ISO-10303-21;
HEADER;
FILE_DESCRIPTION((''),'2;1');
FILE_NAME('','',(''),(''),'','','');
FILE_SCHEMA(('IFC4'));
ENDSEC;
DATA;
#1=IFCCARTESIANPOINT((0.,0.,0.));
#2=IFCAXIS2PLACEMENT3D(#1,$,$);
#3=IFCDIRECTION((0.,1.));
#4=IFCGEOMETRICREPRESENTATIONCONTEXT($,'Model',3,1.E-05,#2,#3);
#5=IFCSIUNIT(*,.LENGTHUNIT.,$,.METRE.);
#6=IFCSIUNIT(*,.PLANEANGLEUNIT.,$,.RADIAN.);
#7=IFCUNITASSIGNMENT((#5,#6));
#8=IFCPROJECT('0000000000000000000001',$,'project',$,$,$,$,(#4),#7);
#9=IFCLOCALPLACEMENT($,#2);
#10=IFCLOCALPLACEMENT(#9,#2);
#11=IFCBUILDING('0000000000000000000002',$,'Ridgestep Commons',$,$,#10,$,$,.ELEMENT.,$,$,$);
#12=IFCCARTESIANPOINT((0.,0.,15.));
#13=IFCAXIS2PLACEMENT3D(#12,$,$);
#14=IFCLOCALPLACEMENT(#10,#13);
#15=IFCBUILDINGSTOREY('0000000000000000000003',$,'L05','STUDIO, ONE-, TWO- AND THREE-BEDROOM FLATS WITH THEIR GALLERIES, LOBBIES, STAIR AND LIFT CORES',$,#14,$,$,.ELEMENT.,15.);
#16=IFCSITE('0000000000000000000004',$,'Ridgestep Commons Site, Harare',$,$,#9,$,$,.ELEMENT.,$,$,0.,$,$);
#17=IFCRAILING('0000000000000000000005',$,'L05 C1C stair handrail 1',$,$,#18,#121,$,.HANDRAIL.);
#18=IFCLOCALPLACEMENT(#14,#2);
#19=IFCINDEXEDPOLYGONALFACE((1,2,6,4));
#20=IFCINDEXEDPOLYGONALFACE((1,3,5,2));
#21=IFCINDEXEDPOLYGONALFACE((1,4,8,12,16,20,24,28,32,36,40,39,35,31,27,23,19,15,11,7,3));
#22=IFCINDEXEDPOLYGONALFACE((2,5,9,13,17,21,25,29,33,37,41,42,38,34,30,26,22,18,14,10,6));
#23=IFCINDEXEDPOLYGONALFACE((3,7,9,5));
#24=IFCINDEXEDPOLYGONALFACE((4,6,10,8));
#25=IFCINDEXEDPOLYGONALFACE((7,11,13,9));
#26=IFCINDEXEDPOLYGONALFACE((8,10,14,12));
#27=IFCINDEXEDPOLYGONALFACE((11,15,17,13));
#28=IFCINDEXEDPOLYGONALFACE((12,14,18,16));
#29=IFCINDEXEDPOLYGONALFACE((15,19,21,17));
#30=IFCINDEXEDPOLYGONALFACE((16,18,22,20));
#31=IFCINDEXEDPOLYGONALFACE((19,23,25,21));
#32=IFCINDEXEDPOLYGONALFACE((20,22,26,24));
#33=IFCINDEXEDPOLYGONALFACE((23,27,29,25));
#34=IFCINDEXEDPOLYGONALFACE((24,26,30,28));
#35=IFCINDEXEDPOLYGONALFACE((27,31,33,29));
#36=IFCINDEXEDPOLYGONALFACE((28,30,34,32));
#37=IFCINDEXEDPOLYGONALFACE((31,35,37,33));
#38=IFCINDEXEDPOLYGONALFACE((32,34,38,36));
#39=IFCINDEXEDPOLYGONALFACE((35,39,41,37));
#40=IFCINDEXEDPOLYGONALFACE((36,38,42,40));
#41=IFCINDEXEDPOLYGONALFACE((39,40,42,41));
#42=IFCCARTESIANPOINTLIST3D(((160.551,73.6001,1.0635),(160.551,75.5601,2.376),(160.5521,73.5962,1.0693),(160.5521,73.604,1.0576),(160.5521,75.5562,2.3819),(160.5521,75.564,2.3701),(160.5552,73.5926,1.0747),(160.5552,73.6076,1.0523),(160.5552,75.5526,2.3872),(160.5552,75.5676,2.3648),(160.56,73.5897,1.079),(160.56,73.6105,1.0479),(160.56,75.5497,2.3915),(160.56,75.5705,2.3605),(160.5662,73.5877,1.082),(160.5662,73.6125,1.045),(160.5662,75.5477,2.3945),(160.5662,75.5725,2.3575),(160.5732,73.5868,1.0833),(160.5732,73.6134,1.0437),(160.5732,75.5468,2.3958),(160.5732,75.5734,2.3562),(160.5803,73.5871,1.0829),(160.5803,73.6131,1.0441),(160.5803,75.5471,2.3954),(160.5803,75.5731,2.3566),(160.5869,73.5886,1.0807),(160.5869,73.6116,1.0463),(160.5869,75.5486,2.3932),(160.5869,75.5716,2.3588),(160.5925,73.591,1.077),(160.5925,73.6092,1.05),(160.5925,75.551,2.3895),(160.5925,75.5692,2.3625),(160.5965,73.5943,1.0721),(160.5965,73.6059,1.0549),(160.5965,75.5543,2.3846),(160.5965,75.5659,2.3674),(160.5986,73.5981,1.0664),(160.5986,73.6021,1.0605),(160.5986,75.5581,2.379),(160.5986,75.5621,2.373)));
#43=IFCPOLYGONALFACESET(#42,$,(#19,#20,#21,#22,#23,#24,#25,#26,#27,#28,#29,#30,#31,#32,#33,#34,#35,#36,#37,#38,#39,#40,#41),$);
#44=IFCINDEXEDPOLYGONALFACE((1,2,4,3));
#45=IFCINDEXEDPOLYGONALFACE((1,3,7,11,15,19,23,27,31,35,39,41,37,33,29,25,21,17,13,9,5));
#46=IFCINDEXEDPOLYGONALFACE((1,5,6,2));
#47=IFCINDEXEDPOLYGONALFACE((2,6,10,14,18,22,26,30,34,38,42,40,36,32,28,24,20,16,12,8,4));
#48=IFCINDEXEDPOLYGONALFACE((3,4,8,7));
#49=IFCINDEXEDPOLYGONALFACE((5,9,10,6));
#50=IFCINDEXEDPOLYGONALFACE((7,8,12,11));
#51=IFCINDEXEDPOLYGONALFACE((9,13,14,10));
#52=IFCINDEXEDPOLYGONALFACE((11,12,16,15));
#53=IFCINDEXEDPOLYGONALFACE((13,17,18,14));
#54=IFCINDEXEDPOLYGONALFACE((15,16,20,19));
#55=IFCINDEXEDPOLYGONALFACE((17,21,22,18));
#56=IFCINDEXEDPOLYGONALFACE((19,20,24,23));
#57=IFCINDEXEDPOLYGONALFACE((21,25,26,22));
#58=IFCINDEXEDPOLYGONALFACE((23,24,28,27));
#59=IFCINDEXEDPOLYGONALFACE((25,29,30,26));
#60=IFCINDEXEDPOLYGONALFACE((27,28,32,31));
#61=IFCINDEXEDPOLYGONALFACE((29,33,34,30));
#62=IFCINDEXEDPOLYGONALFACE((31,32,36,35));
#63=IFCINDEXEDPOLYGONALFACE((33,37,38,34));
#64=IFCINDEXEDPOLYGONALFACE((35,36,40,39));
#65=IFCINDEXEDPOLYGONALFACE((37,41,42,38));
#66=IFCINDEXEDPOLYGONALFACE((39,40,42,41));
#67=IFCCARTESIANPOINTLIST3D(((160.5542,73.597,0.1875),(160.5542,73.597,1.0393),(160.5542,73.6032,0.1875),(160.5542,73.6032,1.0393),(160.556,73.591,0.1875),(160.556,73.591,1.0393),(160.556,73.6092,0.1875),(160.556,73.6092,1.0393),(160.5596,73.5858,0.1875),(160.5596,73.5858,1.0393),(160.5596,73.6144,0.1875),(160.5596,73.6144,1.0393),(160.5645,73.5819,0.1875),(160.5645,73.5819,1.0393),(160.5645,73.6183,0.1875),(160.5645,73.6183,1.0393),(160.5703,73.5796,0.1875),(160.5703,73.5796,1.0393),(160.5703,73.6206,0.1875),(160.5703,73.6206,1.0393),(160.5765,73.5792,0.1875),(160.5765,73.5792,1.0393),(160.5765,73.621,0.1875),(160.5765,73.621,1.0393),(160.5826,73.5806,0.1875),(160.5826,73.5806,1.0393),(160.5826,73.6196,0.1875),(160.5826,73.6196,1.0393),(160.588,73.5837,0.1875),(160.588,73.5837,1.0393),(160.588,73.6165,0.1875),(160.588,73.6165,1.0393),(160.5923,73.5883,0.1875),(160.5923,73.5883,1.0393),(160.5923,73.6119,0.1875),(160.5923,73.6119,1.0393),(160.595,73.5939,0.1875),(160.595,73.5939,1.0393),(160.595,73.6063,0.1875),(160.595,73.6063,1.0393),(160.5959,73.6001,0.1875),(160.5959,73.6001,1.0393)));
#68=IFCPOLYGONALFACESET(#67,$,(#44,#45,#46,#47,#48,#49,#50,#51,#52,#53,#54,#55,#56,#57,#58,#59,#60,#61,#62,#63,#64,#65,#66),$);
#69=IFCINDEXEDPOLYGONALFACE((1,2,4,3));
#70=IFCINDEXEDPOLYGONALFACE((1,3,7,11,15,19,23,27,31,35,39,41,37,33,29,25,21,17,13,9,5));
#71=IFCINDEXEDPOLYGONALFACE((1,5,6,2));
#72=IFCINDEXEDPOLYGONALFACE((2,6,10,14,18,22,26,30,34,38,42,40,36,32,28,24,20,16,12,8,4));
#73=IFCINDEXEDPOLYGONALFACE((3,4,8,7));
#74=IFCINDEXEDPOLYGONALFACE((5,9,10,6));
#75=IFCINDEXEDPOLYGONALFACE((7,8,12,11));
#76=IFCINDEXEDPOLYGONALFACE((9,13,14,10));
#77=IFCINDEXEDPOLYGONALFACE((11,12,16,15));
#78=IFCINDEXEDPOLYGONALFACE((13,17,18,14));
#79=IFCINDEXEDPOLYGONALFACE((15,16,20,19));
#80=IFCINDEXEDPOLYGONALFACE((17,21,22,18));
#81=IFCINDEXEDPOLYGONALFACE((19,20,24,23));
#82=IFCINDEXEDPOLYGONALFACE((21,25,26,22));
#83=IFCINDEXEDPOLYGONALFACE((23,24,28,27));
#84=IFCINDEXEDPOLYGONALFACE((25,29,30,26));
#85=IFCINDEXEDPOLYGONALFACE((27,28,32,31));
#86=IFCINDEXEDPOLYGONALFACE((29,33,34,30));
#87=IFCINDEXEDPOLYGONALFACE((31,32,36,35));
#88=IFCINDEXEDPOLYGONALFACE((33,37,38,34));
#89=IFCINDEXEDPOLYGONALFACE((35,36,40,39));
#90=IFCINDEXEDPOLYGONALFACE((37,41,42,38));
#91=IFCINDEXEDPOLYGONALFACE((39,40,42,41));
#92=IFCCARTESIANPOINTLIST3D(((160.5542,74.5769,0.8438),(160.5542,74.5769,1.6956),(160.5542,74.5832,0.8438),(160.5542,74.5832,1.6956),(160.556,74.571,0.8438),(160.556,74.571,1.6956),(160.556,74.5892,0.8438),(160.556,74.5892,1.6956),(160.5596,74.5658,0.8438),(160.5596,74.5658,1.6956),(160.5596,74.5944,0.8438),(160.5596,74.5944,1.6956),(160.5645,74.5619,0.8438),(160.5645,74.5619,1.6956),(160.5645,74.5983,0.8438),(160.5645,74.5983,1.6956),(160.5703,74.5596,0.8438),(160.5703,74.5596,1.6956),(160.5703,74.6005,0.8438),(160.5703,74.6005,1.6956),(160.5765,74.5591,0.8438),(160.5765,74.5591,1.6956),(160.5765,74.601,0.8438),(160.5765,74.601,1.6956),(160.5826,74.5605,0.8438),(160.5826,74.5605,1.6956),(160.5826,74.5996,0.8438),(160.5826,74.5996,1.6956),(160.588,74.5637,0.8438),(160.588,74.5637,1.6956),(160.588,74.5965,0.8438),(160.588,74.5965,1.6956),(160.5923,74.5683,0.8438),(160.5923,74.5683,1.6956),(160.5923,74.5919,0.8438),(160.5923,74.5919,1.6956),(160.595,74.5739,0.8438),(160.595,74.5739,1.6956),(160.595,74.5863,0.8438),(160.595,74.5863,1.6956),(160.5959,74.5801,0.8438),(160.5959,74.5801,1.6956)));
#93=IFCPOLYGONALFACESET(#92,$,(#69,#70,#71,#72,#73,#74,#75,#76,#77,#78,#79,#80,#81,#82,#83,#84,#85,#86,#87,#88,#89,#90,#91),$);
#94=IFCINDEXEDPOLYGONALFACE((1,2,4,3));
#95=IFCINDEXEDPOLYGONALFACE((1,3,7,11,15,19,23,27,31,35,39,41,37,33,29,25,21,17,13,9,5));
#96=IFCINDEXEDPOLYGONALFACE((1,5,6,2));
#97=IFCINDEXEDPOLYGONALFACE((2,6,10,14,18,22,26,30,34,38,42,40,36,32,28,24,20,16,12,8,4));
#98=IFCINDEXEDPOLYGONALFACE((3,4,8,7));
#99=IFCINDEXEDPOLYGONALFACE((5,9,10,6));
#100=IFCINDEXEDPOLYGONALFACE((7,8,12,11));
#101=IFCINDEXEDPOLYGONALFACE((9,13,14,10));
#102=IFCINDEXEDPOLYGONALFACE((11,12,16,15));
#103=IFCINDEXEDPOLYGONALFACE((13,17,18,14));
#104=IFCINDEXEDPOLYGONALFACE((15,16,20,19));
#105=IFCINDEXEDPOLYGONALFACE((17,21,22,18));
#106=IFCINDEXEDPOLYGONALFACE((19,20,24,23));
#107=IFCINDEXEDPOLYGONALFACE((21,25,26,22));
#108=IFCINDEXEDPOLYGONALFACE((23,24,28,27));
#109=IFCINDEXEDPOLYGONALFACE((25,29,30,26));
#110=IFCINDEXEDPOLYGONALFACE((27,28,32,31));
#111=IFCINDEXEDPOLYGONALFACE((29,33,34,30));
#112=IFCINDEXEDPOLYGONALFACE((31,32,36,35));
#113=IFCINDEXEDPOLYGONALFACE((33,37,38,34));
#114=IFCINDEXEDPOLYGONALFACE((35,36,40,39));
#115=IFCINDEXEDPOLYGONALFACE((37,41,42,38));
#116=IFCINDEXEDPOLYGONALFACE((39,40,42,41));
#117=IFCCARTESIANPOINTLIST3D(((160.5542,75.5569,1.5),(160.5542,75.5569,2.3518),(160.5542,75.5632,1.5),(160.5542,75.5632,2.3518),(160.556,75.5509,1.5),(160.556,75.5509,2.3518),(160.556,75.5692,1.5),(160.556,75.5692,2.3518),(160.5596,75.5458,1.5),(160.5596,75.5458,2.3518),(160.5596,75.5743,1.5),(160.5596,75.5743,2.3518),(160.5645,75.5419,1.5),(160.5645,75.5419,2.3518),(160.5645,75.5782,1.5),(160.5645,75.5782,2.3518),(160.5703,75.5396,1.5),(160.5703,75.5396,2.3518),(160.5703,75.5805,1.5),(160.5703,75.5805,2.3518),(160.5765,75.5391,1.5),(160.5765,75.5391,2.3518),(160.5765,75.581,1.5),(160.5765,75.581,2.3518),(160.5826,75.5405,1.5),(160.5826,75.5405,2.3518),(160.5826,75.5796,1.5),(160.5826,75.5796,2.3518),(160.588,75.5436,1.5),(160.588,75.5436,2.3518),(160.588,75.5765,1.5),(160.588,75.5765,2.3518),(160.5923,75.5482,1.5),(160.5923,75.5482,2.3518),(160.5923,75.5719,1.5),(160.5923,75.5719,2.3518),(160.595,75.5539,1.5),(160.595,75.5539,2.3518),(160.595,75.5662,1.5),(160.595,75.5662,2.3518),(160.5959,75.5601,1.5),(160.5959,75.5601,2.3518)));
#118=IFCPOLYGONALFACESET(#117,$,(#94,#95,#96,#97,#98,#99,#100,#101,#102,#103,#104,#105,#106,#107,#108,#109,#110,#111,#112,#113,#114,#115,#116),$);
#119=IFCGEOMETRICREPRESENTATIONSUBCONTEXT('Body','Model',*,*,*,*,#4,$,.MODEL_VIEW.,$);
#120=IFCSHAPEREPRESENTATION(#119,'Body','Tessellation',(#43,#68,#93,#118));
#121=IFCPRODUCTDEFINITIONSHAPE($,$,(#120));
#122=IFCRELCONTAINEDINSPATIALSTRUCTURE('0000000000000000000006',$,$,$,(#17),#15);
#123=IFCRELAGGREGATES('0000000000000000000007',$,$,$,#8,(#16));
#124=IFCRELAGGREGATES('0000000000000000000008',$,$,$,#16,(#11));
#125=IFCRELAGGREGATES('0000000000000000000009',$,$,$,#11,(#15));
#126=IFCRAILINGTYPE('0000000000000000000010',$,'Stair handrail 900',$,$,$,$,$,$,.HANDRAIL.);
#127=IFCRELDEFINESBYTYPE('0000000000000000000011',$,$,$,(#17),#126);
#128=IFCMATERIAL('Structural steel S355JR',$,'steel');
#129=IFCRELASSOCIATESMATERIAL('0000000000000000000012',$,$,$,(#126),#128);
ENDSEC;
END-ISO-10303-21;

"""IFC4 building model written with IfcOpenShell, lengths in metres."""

from ifc_helpers import new_model, si_unit, direction, frame, origin, origin_2d, place, context, subcontext, project, spatial, circle, extrude, material, type_object, element, save


model = new_model("IFC4")

# Units and contexts
model_context = context("Model", 3, precision=1e-05, world=origin(), true_north=direction((0.0, 1.0)))
body_context = subcontext(model_context, "Body", "Model", "MODEL_VIEW")
ifc_project = project(units=[si_unit("LENGTHUNIT", "METRE"), si_unit("PLANEANGLEUNIT", "RADIAN")], contexts=[model_context])

# Site, building, storey
site_placement = place(None, origin())
site = spatial("IfcSite", under=ifc_project, at=site_placement, Name="Ridgestep Commons Site, Harare", CompositionType="ELEMENT", RefElevation=0.0)
building_placement = place(site_placement, origin())
building = spatial("IfcBuilding", under=site, at=building_placement, Name="Ridgestep Commons", CompositionType="ELEMENT")
storey_placement = place(building_placement, frame((0.0, 0.0, 15.0)))
storey = spatial("IfcBuildingStorey", under=building, at=storey_placement, Name="L05", Description="STUDIO, ONE-, TWO- AND THREE-BEDROOM FLATS WITH THEIR GALLERIES, LOBBIES, STAIR AND LIFT CORES", CompositionType="ELEMENT", Elevation=15.0)

# Railing
ifc_material_1 = material(Name="Structural steel S355JR", Category="steel")
railing_type_1 = type_object("IfcRailingType", Name="Stair handrail 900", PredefinedType="HANDRAIL", material=ifc_material_1)
railing_1_placement = place(storey_placement, frame((160.575, 73.6001, 0.1875)))
element("IfcRailing", 1, at=railing_1_placement, inside=storey, type_object=railing_type_1, Name="L05 C1C stair handrail 1", PredefinedType="HANDRAIL", context=body_context, shape_type="SweptSolid", body=[
    extrude(circle(Radius=0.0239, at=origin_2d()), frame((0.0, 0.0, 0.876), z_axis=(0.0, 0.830902, 0.556419), x_axis=(-1.0, 0.0, 0.0)), (0.0, 0.0, 1.0), 2.3589),
    extrude(circle(Radius=0.021, at=origin_2d()), origin(), (0.0, 0.0, 1.0), 0.8518),
    extrude(circle(Radius=0.021, at=origin_2d()), frame((0.0, 0.98, 0.6562)), (0.0, 0.0, 1.0), 0.8518),
    extrude(circle(Radius=0.021, at=origin_2d()), frame((0.0, 1.96, 1.3125)), (0.0, 0.0, 1.0), 0.8518),
])

save(model, "model.ifc")
